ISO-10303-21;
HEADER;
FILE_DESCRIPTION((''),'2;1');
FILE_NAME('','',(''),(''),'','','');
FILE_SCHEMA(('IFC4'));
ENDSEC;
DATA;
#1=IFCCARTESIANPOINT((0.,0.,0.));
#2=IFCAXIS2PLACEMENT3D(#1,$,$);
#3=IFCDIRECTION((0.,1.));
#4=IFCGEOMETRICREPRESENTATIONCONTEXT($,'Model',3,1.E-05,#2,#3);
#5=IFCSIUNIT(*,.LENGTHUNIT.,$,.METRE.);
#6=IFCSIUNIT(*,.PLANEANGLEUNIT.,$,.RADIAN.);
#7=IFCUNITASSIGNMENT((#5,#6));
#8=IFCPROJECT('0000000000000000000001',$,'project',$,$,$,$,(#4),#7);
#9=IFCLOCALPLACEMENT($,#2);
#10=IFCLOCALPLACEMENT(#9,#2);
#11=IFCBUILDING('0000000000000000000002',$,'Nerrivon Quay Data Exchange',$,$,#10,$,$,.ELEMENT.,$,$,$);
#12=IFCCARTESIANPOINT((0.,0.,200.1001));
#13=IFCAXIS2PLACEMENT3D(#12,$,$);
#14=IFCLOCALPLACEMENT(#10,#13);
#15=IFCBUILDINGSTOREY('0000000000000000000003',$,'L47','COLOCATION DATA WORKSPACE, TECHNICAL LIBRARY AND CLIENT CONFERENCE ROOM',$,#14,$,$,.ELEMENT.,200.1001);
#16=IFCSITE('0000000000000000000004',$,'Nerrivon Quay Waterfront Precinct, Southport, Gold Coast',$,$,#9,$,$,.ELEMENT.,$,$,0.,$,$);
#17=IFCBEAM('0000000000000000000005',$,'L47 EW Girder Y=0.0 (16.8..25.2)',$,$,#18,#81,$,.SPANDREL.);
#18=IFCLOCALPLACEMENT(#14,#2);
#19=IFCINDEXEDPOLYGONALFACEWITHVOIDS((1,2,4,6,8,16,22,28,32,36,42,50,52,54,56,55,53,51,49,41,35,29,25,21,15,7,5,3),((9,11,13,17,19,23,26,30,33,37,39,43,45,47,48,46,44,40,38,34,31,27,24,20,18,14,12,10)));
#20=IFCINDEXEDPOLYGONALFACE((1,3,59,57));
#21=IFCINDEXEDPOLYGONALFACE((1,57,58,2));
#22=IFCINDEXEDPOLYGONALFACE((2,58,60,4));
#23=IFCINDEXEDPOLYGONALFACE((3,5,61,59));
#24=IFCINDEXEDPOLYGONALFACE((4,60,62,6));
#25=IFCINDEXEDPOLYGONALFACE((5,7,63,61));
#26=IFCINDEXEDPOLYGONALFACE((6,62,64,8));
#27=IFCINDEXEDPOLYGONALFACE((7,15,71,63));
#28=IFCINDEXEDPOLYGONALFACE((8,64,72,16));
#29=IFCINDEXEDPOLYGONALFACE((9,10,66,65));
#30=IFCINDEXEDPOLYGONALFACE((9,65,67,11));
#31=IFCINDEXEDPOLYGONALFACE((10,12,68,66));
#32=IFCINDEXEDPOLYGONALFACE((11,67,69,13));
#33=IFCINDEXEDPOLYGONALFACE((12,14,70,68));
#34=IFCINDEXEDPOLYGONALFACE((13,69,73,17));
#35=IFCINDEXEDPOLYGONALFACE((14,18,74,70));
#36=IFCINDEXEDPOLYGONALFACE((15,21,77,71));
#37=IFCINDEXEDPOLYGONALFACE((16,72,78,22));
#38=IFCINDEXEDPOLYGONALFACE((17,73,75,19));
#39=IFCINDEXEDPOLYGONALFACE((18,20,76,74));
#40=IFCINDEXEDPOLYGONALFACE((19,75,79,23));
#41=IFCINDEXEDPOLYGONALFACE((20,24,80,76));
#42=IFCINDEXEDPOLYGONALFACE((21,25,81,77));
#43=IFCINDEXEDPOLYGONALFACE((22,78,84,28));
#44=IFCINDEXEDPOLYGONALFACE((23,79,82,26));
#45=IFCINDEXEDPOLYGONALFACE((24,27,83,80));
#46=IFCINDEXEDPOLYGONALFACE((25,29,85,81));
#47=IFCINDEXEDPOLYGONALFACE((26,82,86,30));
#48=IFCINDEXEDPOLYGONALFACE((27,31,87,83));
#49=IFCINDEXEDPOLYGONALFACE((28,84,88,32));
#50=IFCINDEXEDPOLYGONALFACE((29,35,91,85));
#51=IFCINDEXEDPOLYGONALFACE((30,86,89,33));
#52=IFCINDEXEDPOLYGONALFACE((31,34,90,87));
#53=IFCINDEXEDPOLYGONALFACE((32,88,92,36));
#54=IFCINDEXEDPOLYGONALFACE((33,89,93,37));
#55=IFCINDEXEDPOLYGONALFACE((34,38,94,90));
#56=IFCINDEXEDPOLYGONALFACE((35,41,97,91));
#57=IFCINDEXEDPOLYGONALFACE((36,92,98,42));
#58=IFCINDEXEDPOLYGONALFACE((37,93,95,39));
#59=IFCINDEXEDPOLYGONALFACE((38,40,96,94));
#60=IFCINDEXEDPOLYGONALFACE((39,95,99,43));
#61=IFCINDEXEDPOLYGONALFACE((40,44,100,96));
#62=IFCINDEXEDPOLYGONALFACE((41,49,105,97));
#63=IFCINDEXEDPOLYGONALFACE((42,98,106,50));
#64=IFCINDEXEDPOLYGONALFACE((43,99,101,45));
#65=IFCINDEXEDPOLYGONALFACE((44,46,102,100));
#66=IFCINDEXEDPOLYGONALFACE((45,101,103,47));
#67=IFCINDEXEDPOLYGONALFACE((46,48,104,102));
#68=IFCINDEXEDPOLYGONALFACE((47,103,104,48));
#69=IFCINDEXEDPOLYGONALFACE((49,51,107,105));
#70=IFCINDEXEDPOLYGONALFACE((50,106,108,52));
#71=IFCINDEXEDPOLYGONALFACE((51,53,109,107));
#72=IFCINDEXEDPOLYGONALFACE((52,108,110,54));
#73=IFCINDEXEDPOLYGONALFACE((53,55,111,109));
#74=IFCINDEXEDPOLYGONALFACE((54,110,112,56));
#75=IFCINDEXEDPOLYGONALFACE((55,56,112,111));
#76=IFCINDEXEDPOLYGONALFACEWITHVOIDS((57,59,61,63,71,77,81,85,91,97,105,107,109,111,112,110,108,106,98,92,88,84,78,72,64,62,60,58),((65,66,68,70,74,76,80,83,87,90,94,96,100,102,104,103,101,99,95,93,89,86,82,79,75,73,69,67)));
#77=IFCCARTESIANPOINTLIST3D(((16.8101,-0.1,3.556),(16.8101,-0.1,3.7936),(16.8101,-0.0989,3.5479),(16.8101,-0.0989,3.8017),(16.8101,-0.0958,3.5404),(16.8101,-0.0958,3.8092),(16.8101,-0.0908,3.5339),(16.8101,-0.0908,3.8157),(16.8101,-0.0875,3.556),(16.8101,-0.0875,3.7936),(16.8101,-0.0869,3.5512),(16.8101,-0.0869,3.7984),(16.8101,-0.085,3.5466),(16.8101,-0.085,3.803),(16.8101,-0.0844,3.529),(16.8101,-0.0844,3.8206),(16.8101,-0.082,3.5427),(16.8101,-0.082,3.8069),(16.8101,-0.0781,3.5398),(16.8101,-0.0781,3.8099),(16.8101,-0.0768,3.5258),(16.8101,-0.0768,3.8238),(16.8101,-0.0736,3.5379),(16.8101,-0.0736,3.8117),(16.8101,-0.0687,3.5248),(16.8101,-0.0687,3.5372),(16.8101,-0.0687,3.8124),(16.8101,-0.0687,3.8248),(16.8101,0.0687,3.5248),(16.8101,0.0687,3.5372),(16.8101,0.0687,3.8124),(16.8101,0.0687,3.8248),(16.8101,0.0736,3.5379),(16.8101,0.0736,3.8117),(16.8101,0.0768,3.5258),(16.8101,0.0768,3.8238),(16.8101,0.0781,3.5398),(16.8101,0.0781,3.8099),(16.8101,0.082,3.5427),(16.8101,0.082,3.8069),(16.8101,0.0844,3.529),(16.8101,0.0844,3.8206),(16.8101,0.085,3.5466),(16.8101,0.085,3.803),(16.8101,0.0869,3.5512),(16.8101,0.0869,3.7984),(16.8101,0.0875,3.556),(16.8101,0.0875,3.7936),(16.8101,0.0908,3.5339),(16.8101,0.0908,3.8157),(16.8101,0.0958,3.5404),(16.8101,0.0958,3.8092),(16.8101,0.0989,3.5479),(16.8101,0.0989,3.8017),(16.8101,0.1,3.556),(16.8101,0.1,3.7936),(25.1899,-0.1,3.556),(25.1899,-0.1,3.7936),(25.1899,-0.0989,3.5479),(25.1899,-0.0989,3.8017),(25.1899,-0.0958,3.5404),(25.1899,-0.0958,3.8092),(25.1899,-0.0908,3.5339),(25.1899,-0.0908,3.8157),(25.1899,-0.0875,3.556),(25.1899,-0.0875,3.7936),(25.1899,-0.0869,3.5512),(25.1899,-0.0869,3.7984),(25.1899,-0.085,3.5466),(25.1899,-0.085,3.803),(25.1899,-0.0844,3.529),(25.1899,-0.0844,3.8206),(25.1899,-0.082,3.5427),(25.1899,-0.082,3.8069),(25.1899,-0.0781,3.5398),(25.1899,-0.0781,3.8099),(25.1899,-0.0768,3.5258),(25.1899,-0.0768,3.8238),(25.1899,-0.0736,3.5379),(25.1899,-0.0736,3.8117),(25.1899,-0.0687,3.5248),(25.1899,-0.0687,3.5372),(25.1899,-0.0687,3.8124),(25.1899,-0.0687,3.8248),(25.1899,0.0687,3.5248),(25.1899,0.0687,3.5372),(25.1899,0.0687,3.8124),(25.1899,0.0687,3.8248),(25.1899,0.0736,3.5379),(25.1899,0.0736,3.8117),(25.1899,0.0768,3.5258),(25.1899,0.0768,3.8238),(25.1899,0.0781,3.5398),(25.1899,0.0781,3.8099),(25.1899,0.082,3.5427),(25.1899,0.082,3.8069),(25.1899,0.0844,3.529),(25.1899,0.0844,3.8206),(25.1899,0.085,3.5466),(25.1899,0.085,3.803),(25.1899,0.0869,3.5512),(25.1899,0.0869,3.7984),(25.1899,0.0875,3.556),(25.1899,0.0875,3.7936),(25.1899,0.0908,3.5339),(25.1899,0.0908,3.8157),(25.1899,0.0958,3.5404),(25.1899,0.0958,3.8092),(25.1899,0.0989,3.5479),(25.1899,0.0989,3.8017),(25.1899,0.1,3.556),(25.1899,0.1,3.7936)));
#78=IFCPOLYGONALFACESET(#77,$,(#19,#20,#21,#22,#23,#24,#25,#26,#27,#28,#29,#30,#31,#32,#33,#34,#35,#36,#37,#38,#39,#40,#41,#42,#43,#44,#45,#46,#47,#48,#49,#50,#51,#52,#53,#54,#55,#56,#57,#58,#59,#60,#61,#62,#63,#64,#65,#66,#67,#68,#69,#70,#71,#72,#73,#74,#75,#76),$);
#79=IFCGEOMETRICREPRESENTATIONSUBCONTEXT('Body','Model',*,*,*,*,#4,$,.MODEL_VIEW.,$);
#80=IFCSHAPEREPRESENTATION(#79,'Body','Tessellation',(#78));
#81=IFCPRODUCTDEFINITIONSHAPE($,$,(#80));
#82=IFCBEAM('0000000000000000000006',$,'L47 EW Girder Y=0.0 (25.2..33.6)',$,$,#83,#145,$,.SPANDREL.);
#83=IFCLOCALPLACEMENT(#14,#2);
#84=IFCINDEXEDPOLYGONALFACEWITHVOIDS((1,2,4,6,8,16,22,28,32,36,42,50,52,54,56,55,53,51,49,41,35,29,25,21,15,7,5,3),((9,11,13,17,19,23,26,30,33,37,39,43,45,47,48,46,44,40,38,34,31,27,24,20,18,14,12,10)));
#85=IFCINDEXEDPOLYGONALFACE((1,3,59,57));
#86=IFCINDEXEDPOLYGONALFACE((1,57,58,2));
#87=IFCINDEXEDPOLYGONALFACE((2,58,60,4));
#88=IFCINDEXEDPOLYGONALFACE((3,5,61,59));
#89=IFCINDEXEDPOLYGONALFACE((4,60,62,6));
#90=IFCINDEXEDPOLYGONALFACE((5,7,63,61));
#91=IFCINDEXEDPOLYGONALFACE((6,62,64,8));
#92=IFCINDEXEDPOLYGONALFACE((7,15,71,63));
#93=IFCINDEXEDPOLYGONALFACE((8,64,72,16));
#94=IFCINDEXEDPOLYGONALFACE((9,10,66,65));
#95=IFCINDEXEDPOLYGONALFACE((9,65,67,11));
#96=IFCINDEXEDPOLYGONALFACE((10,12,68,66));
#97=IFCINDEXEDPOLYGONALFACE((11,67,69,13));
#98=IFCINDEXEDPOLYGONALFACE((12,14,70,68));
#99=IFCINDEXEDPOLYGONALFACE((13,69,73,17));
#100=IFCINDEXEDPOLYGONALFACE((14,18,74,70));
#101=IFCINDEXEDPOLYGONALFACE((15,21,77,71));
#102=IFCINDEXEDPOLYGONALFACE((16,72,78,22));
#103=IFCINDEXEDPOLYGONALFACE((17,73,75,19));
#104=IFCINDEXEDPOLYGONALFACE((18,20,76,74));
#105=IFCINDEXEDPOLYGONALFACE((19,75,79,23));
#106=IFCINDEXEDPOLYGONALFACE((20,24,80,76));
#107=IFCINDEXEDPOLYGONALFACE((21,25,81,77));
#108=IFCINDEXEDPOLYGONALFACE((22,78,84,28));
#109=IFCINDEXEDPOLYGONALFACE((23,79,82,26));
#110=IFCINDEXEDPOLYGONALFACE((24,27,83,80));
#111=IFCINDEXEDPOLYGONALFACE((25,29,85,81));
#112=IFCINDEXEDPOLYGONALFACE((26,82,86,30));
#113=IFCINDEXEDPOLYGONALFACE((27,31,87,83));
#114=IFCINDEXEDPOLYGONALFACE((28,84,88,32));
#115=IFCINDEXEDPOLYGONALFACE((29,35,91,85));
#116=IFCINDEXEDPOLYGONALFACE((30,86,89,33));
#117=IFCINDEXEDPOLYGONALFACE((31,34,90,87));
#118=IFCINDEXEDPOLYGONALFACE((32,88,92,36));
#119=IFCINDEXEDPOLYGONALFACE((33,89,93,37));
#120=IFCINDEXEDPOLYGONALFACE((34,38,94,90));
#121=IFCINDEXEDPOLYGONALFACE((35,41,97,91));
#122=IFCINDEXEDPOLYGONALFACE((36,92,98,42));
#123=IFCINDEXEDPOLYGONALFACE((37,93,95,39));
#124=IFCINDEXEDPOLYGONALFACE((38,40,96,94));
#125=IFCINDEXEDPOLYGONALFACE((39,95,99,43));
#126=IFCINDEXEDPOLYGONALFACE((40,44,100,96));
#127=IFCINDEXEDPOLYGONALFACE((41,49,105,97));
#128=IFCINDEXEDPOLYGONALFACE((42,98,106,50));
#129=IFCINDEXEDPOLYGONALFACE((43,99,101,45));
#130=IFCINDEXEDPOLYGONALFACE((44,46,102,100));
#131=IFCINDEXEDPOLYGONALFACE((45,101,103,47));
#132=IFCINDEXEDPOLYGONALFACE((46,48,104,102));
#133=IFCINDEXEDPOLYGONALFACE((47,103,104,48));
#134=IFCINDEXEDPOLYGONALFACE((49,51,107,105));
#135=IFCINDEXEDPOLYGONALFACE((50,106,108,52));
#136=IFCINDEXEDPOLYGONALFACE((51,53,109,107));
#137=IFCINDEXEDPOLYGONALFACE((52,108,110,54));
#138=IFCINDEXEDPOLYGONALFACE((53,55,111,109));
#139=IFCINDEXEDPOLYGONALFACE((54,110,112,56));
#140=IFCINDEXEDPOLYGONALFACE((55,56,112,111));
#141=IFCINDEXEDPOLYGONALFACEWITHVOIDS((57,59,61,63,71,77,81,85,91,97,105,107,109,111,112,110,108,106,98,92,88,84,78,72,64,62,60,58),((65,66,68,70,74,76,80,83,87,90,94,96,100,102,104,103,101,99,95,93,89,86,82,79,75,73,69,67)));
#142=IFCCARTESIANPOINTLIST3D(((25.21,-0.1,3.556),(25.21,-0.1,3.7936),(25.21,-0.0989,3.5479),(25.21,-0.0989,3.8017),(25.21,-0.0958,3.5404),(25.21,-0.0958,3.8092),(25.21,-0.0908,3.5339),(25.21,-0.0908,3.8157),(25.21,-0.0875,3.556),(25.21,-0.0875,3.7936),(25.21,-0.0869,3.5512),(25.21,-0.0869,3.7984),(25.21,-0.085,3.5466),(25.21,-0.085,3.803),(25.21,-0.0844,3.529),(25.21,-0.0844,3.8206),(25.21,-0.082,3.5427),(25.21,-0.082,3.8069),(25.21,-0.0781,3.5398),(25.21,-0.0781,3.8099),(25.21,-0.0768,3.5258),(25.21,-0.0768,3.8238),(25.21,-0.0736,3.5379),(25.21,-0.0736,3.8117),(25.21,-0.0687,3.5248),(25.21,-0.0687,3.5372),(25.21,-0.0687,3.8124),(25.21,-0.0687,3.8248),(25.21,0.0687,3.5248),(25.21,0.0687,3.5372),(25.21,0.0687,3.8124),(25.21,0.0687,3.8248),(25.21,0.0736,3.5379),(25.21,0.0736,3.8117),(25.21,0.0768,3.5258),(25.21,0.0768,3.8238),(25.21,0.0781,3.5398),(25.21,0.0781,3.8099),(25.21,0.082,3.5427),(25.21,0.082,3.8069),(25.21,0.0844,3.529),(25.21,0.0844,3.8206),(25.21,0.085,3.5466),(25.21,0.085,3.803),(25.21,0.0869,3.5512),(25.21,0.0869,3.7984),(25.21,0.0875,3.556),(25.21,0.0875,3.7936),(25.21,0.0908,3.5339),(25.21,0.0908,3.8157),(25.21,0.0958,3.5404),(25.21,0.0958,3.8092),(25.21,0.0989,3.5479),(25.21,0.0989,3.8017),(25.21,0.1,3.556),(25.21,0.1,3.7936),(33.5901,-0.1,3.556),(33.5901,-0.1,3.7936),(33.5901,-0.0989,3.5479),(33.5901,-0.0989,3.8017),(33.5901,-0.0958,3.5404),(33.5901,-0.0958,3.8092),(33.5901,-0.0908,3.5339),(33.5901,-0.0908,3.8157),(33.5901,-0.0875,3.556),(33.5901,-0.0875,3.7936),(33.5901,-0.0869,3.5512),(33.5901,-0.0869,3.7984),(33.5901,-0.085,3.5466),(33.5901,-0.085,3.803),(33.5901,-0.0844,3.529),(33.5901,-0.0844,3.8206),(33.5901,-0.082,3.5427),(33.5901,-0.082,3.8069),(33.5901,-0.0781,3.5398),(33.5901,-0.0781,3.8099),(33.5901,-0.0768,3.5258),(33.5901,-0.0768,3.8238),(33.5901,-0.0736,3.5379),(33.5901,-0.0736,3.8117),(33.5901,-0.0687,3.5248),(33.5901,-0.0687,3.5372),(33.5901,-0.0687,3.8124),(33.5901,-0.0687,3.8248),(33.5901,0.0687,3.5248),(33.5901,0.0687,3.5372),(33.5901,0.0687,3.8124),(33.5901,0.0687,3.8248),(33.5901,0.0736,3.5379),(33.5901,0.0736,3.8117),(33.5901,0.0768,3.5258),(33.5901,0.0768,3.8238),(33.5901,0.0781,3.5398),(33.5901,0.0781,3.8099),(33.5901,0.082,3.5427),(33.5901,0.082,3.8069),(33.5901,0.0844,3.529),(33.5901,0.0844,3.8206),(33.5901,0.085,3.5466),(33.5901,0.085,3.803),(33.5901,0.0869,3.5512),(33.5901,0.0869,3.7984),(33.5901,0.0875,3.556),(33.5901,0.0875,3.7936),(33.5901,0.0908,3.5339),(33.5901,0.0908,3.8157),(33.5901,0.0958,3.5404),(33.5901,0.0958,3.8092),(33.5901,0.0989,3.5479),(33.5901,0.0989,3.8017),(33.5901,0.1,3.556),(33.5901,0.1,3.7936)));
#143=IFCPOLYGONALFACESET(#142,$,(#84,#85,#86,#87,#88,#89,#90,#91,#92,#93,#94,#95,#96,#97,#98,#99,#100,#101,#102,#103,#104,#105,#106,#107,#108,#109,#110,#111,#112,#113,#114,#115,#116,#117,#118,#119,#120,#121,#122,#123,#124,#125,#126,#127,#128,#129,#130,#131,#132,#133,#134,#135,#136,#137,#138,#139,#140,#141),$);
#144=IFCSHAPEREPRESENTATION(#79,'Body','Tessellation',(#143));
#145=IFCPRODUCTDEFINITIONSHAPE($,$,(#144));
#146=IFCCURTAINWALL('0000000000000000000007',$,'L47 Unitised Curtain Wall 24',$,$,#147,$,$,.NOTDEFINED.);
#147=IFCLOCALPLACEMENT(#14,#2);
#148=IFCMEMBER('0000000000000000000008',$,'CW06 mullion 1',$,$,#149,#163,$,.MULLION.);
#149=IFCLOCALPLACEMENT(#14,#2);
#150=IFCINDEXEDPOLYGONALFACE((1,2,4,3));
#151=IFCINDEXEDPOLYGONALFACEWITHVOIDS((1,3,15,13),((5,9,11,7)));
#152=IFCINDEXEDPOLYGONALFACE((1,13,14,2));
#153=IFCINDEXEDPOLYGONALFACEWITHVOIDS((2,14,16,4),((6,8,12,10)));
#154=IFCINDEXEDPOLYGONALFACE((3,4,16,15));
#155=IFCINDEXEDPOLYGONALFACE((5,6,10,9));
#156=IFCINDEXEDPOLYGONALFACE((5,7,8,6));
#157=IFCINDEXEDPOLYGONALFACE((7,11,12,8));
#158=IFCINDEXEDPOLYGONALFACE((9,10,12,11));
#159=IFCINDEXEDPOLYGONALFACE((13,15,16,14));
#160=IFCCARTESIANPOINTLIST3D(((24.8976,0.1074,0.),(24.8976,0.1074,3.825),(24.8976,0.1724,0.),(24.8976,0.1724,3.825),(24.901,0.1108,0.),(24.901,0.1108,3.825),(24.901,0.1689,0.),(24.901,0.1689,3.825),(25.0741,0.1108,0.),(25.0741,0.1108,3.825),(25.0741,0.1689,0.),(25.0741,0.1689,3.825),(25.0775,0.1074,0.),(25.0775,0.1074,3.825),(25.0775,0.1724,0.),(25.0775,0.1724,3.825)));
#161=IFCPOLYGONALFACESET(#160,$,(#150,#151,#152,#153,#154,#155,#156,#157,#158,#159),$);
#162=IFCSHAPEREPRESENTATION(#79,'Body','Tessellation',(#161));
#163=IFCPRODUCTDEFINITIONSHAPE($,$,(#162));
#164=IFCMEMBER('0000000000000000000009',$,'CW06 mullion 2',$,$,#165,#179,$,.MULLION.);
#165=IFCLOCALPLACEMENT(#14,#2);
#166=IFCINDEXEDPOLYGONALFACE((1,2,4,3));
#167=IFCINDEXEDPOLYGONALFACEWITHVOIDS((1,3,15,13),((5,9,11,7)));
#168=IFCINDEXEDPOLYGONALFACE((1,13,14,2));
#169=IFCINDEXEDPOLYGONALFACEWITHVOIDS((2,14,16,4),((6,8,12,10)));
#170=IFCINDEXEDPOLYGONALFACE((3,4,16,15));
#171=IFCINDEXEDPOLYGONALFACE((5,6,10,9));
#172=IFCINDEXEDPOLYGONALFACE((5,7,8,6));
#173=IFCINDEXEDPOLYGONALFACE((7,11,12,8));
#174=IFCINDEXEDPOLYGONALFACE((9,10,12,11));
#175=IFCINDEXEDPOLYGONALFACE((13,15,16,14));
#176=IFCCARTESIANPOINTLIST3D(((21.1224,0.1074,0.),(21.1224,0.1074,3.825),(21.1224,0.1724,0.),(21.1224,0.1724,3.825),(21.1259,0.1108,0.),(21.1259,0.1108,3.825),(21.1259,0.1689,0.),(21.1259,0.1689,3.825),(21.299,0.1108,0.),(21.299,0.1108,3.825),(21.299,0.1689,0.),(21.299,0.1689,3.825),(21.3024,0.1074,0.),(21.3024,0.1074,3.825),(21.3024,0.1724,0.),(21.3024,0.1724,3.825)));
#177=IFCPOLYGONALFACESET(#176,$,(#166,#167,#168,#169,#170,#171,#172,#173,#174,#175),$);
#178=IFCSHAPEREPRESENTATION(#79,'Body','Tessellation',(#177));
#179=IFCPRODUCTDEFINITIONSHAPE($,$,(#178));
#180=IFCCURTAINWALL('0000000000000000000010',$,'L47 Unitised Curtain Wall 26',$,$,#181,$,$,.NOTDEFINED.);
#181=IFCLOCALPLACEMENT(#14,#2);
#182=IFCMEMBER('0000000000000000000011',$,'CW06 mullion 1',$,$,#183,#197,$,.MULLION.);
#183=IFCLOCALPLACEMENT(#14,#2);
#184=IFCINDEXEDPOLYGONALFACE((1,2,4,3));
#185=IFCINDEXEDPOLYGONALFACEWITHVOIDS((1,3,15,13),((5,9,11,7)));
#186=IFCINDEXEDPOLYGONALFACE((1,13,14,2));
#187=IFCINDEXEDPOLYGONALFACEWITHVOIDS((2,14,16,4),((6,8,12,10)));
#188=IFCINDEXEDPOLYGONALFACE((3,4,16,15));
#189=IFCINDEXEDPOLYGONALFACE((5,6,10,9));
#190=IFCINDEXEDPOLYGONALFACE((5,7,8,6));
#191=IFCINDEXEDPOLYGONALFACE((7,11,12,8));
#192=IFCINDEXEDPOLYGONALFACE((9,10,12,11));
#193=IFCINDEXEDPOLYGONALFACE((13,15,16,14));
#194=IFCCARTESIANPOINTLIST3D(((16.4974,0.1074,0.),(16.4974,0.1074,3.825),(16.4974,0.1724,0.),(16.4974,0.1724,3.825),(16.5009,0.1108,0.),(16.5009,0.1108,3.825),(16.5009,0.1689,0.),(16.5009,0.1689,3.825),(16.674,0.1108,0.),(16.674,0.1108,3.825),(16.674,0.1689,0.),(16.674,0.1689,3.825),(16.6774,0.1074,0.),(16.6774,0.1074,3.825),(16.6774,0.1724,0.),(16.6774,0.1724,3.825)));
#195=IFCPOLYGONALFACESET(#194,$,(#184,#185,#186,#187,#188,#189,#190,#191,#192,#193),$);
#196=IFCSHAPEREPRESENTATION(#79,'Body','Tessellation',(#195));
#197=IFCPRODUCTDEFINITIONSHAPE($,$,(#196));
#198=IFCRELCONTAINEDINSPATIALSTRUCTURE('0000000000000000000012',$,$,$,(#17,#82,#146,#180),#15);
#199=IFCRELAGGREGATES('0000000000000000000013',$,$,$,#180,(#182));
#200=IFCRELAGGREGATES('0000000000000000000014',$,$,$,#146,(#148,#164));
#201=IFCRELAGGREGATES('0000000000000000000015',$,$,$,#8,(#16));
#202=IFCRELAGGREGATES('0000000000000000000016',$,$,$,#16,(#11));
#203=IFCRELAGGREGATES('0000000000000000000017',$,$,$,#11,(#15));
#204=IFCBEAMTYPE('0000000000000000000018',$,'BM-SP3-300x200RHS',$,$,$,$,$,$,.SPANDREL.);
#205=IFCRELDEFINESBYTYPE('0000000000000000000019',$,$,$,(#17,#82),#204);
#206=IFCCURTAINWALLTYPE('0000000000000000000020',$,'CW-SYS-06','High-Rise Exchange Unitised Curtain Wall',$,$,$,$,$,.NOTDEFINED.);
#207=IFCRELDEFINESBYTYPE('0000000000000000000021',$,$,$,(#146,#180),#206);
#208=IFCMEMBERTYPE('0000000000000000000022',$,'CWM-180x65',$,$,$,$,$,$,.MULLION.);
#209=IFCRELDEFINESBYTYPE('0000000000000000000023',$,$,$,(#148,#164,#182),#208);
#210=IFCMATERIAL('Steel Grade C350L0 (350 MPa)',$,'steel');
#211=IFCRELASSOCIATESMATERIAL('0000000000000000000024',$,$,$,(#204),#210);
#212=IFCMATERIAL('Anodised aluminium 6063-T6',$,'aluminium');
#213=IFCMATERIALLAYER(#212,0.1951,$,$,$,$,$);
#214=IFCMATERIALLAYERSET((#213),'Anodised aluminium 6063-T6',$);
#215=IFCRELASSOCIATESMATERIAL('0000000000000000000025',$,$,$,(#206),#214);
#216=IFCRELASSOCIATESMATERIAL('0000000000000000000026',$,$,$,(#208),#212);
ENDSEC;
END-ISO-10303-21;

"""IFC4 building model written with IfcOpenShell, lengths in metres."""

from ifc_helpers import new_model, si_unit, direction, frame, origin, origin_2d, place, context, subcontext, project, spatial, hollow_rectangle, extrude, material, layer, layer_set, material_profile, profile_set, type_object, element, aggregate, save


model = new_model("IFC4")

# Units and contexts
model_context = context("Model", 3, precision=1e-05, world=origin(), true_north=direction((0.0, 1.0)))
body_context = subcontext(model_context, "Body", "Model", "MODEL_VIEW")
ifc_project = project(units=[si_unit("LENGTHUNIT", "METRE"), si_unit("PLANEANGLEUNIT", "RADIAN")], contexts=[model_context])

# Site, building, storey
site_placement = place(None, origin())
site = spatial("IfcSite", under=ifc_project, at=site_placement, Name="Nerrivon Quay Waterfront Precinct, Southport, Gold Coast", CompositionType="ELEMENT", RefElevation=0.0)
building_placement = place(site_placement, origin())
building = spatial("IfcBuilding", under=site, at=building_placement, Name="Nerrivon Quay Data Exchange", CompositionType="ELEMENT")
storey_placement = place(building_placement, frame((0.0, 0.0, 200.1001)))
storey = spatial("IfcBuildingStorey", under=building, at=storey_placement, Name="L47", Description="COLOCATION DATA WORKSPACE, TECHNICAL LIBRARY AND CLIENT CONFERENCE ROOM", CompositionType="ELEMENT", Elevation=200.1001)

# Beams
ifc_material_1 = material(Name="Steel Grade C350L0 (350 MPa)", Category="steel")
ifc_material_profile_1 = material_profile(ifc_material_1, hollow_rectangle(XDim=0.2, YDim=0.3, WallThickness=0.0125, InnerFilletRadius=0.0188, OuterFilletRadius=0.0312, at=origin_2d()), Name="300x200x12.5RHS")
ifc_profile_set_1 = profile_set([ifc_material_profile_1], Name="Steel Grade C350L0 (350 MPa)")
beam_type_1 = type_object("IfcBeamType", Name="BM-SP3-300x200RHS", PredefinedType="SPANDREL", material=ifc_profile_set_1)
beam_1_placement = place(storey_placement, frame((16.8101, 0.0, 3.6748), z_axis=(1.0, 0.0, 0.0), x_axis=(0.0, 1.0, 0.0)))
element("IfcBeam", 1, at=beam_1_placement, inside=storey, type_object=beam_type_1, Name="L47 EW Girder Y=0.0 (16.8..25.2)", PredefinedType="SPANDREL", context=body_context, shape_type="SweptSolid", body=[
    extrude(hollow_rectangle(XDim=0.2, YDim=0.3, WallThickness=0.0125, InnerFilletRadius=0.0188, OuterFilletRadius=0.0312, at=origin_2d()), origin(), (0.0, 0.0, 1.0), 8.3799),
])
beam_2_placement = place(storey_placement, frame((25.21, 0.0, 3.6748), z_axis=(1.0, 0.0, 0.0), x_axis=(0.0, 1.0, 0.0)))
element("IfcBeam", 2, at=beam_2_placement, inside=storey, type_object=beam_type_1, Name="L47 EW Girder Y=0.0 (25.2..33.6)", PredefinedType="SPANDREL", context=body_context, shape_type="SweptSolid", body=[
    extrude(hollow_rectangle(XDim=0.2, YDim=0.3, WallThickness=0.0125, InnerFilletRadius=0.0188, OuterFilletRadius=0.0312, at=origin_2d()), origin(), (0.0, 0.0, 1.0), 8.3801),
])

# Curtain wall, members
ifc_material_2 = material(Name="Anodised aluminium 6063-T6", Category="aluminium")
ifc_layer_1 = layer(ifc_material_2, 0.1951)
ifc_layer_set_1 = layer_set([ifc_layer_1], Name="Anodised aluminium 6063-T6")
curtain_wall_type = type_object("IfcCurtainWallType", Name="CW-SYS-06", Description="High-Rise Exchange Unitised Curtain Wall", PredefinedType="NOTDEFINED", material=ifc_layer_set_1)
curtain_wall_1_placement = place(storey_placement, origin())
curtain_wall_1 = element("IfcCurtainWall", 3, at=curtain_wall_1_placement, inside=storey, type_object=curtain_wall_type, Name="L47 Unitised Curtain Wall 24", PredefinedType="NOTDEFINED")
ifc_material_profile_2 = material_profile(ifc_material_2, hollow_rectangle(XDim=0.0649, YDim=0.1799, WallThickness=0.0034, at=origin_2d()), Name="ALU-MULL-180x65")
ifc_profile_set_2 = profile_set([ifc_material_profile_2], Name="Anodised aluminium 6063-T6")
member_type_1 = type_object("IfcMemberType", Name="CWM-180x65", PredefinedType="MULLION", material=ifc_profile_set_2)
member_1_placement = place(storey_placement, frame((24.9875, 0.1399, 0.0), z_axis=(0.0, 0.0, 1.0), x_axis=(0.0, -1.0, 0.0)))
member_1 = element("IfcMember", 4, at=member_1_placement, type_object=member_type_1, Name="CW06 mullion 1", PredefinedType="MULLION", context=body_context, shape_type="SweptSolid", body=[
    extrude(hollow_rectangle(XDim=0.0649, YDim=0.1799, WallThickness=0.0034, at=origin_2d()), origin(), (0.0, 0.0, 1.0), 3.825),
])
member_2_placement = place(storey_placement, frame((21.2124, 0.1399, 0.0), z_axis=(0.0, 0.0, 1.0), x_axis=(0.0, -1.0, 0.0)))
member_2 = element("IfcMember", 5, at=member_2_placement, type_object=member_type_1, Name="CW06 mullion 2", PredefinedType="MULLION", context=body_context, shape_type="SweptSolid", body=[
    extrude(hollow_rectangle(XDim=0.0649, YDim=0.1799, WallThickness=0.0034, at=origin_2d()), origin(), (0.0, 0.0, 1.0), 3.825),
])

# Curtain wall, member
curtain_wall_2_placement = place(storey_placement, origin())
curtain_wall_2 = element("IfcCurtainWall", 6, at=curtain_wall_2_placement, inside=storey, type_object=curtain_wall_type, Name="L47 Unitised Curtain Wall 26", PredefinedType="NOTDEFINED")
member_3_placement = place(storey_placement, frame((16.5874, 0.1399, 0.0), z_axis=(0.0, 0.0, 1.0), x_axis=(0.0, -1.0, 0.0)))
member_3 = element("IfcMember", 7, at=member_3_placement, type_object=member_type_1, Name="CW06 mullion 1", PredefinedType="MULLION", context=body_context, shape_type="SweptSolid", body=[
    extrude(hollow_rectangle(XDim=0.0649, YDim=0.1799, WallThickness=0.0034, at=origin_2d()), origin(), (0.0, 0.0, 1.0), 3.825),
])
aggregate(curtain_wall_2, [member_3])

aggregate(curtain_wall_1, [member_1, member_2])

save(model, "model.ifc")
